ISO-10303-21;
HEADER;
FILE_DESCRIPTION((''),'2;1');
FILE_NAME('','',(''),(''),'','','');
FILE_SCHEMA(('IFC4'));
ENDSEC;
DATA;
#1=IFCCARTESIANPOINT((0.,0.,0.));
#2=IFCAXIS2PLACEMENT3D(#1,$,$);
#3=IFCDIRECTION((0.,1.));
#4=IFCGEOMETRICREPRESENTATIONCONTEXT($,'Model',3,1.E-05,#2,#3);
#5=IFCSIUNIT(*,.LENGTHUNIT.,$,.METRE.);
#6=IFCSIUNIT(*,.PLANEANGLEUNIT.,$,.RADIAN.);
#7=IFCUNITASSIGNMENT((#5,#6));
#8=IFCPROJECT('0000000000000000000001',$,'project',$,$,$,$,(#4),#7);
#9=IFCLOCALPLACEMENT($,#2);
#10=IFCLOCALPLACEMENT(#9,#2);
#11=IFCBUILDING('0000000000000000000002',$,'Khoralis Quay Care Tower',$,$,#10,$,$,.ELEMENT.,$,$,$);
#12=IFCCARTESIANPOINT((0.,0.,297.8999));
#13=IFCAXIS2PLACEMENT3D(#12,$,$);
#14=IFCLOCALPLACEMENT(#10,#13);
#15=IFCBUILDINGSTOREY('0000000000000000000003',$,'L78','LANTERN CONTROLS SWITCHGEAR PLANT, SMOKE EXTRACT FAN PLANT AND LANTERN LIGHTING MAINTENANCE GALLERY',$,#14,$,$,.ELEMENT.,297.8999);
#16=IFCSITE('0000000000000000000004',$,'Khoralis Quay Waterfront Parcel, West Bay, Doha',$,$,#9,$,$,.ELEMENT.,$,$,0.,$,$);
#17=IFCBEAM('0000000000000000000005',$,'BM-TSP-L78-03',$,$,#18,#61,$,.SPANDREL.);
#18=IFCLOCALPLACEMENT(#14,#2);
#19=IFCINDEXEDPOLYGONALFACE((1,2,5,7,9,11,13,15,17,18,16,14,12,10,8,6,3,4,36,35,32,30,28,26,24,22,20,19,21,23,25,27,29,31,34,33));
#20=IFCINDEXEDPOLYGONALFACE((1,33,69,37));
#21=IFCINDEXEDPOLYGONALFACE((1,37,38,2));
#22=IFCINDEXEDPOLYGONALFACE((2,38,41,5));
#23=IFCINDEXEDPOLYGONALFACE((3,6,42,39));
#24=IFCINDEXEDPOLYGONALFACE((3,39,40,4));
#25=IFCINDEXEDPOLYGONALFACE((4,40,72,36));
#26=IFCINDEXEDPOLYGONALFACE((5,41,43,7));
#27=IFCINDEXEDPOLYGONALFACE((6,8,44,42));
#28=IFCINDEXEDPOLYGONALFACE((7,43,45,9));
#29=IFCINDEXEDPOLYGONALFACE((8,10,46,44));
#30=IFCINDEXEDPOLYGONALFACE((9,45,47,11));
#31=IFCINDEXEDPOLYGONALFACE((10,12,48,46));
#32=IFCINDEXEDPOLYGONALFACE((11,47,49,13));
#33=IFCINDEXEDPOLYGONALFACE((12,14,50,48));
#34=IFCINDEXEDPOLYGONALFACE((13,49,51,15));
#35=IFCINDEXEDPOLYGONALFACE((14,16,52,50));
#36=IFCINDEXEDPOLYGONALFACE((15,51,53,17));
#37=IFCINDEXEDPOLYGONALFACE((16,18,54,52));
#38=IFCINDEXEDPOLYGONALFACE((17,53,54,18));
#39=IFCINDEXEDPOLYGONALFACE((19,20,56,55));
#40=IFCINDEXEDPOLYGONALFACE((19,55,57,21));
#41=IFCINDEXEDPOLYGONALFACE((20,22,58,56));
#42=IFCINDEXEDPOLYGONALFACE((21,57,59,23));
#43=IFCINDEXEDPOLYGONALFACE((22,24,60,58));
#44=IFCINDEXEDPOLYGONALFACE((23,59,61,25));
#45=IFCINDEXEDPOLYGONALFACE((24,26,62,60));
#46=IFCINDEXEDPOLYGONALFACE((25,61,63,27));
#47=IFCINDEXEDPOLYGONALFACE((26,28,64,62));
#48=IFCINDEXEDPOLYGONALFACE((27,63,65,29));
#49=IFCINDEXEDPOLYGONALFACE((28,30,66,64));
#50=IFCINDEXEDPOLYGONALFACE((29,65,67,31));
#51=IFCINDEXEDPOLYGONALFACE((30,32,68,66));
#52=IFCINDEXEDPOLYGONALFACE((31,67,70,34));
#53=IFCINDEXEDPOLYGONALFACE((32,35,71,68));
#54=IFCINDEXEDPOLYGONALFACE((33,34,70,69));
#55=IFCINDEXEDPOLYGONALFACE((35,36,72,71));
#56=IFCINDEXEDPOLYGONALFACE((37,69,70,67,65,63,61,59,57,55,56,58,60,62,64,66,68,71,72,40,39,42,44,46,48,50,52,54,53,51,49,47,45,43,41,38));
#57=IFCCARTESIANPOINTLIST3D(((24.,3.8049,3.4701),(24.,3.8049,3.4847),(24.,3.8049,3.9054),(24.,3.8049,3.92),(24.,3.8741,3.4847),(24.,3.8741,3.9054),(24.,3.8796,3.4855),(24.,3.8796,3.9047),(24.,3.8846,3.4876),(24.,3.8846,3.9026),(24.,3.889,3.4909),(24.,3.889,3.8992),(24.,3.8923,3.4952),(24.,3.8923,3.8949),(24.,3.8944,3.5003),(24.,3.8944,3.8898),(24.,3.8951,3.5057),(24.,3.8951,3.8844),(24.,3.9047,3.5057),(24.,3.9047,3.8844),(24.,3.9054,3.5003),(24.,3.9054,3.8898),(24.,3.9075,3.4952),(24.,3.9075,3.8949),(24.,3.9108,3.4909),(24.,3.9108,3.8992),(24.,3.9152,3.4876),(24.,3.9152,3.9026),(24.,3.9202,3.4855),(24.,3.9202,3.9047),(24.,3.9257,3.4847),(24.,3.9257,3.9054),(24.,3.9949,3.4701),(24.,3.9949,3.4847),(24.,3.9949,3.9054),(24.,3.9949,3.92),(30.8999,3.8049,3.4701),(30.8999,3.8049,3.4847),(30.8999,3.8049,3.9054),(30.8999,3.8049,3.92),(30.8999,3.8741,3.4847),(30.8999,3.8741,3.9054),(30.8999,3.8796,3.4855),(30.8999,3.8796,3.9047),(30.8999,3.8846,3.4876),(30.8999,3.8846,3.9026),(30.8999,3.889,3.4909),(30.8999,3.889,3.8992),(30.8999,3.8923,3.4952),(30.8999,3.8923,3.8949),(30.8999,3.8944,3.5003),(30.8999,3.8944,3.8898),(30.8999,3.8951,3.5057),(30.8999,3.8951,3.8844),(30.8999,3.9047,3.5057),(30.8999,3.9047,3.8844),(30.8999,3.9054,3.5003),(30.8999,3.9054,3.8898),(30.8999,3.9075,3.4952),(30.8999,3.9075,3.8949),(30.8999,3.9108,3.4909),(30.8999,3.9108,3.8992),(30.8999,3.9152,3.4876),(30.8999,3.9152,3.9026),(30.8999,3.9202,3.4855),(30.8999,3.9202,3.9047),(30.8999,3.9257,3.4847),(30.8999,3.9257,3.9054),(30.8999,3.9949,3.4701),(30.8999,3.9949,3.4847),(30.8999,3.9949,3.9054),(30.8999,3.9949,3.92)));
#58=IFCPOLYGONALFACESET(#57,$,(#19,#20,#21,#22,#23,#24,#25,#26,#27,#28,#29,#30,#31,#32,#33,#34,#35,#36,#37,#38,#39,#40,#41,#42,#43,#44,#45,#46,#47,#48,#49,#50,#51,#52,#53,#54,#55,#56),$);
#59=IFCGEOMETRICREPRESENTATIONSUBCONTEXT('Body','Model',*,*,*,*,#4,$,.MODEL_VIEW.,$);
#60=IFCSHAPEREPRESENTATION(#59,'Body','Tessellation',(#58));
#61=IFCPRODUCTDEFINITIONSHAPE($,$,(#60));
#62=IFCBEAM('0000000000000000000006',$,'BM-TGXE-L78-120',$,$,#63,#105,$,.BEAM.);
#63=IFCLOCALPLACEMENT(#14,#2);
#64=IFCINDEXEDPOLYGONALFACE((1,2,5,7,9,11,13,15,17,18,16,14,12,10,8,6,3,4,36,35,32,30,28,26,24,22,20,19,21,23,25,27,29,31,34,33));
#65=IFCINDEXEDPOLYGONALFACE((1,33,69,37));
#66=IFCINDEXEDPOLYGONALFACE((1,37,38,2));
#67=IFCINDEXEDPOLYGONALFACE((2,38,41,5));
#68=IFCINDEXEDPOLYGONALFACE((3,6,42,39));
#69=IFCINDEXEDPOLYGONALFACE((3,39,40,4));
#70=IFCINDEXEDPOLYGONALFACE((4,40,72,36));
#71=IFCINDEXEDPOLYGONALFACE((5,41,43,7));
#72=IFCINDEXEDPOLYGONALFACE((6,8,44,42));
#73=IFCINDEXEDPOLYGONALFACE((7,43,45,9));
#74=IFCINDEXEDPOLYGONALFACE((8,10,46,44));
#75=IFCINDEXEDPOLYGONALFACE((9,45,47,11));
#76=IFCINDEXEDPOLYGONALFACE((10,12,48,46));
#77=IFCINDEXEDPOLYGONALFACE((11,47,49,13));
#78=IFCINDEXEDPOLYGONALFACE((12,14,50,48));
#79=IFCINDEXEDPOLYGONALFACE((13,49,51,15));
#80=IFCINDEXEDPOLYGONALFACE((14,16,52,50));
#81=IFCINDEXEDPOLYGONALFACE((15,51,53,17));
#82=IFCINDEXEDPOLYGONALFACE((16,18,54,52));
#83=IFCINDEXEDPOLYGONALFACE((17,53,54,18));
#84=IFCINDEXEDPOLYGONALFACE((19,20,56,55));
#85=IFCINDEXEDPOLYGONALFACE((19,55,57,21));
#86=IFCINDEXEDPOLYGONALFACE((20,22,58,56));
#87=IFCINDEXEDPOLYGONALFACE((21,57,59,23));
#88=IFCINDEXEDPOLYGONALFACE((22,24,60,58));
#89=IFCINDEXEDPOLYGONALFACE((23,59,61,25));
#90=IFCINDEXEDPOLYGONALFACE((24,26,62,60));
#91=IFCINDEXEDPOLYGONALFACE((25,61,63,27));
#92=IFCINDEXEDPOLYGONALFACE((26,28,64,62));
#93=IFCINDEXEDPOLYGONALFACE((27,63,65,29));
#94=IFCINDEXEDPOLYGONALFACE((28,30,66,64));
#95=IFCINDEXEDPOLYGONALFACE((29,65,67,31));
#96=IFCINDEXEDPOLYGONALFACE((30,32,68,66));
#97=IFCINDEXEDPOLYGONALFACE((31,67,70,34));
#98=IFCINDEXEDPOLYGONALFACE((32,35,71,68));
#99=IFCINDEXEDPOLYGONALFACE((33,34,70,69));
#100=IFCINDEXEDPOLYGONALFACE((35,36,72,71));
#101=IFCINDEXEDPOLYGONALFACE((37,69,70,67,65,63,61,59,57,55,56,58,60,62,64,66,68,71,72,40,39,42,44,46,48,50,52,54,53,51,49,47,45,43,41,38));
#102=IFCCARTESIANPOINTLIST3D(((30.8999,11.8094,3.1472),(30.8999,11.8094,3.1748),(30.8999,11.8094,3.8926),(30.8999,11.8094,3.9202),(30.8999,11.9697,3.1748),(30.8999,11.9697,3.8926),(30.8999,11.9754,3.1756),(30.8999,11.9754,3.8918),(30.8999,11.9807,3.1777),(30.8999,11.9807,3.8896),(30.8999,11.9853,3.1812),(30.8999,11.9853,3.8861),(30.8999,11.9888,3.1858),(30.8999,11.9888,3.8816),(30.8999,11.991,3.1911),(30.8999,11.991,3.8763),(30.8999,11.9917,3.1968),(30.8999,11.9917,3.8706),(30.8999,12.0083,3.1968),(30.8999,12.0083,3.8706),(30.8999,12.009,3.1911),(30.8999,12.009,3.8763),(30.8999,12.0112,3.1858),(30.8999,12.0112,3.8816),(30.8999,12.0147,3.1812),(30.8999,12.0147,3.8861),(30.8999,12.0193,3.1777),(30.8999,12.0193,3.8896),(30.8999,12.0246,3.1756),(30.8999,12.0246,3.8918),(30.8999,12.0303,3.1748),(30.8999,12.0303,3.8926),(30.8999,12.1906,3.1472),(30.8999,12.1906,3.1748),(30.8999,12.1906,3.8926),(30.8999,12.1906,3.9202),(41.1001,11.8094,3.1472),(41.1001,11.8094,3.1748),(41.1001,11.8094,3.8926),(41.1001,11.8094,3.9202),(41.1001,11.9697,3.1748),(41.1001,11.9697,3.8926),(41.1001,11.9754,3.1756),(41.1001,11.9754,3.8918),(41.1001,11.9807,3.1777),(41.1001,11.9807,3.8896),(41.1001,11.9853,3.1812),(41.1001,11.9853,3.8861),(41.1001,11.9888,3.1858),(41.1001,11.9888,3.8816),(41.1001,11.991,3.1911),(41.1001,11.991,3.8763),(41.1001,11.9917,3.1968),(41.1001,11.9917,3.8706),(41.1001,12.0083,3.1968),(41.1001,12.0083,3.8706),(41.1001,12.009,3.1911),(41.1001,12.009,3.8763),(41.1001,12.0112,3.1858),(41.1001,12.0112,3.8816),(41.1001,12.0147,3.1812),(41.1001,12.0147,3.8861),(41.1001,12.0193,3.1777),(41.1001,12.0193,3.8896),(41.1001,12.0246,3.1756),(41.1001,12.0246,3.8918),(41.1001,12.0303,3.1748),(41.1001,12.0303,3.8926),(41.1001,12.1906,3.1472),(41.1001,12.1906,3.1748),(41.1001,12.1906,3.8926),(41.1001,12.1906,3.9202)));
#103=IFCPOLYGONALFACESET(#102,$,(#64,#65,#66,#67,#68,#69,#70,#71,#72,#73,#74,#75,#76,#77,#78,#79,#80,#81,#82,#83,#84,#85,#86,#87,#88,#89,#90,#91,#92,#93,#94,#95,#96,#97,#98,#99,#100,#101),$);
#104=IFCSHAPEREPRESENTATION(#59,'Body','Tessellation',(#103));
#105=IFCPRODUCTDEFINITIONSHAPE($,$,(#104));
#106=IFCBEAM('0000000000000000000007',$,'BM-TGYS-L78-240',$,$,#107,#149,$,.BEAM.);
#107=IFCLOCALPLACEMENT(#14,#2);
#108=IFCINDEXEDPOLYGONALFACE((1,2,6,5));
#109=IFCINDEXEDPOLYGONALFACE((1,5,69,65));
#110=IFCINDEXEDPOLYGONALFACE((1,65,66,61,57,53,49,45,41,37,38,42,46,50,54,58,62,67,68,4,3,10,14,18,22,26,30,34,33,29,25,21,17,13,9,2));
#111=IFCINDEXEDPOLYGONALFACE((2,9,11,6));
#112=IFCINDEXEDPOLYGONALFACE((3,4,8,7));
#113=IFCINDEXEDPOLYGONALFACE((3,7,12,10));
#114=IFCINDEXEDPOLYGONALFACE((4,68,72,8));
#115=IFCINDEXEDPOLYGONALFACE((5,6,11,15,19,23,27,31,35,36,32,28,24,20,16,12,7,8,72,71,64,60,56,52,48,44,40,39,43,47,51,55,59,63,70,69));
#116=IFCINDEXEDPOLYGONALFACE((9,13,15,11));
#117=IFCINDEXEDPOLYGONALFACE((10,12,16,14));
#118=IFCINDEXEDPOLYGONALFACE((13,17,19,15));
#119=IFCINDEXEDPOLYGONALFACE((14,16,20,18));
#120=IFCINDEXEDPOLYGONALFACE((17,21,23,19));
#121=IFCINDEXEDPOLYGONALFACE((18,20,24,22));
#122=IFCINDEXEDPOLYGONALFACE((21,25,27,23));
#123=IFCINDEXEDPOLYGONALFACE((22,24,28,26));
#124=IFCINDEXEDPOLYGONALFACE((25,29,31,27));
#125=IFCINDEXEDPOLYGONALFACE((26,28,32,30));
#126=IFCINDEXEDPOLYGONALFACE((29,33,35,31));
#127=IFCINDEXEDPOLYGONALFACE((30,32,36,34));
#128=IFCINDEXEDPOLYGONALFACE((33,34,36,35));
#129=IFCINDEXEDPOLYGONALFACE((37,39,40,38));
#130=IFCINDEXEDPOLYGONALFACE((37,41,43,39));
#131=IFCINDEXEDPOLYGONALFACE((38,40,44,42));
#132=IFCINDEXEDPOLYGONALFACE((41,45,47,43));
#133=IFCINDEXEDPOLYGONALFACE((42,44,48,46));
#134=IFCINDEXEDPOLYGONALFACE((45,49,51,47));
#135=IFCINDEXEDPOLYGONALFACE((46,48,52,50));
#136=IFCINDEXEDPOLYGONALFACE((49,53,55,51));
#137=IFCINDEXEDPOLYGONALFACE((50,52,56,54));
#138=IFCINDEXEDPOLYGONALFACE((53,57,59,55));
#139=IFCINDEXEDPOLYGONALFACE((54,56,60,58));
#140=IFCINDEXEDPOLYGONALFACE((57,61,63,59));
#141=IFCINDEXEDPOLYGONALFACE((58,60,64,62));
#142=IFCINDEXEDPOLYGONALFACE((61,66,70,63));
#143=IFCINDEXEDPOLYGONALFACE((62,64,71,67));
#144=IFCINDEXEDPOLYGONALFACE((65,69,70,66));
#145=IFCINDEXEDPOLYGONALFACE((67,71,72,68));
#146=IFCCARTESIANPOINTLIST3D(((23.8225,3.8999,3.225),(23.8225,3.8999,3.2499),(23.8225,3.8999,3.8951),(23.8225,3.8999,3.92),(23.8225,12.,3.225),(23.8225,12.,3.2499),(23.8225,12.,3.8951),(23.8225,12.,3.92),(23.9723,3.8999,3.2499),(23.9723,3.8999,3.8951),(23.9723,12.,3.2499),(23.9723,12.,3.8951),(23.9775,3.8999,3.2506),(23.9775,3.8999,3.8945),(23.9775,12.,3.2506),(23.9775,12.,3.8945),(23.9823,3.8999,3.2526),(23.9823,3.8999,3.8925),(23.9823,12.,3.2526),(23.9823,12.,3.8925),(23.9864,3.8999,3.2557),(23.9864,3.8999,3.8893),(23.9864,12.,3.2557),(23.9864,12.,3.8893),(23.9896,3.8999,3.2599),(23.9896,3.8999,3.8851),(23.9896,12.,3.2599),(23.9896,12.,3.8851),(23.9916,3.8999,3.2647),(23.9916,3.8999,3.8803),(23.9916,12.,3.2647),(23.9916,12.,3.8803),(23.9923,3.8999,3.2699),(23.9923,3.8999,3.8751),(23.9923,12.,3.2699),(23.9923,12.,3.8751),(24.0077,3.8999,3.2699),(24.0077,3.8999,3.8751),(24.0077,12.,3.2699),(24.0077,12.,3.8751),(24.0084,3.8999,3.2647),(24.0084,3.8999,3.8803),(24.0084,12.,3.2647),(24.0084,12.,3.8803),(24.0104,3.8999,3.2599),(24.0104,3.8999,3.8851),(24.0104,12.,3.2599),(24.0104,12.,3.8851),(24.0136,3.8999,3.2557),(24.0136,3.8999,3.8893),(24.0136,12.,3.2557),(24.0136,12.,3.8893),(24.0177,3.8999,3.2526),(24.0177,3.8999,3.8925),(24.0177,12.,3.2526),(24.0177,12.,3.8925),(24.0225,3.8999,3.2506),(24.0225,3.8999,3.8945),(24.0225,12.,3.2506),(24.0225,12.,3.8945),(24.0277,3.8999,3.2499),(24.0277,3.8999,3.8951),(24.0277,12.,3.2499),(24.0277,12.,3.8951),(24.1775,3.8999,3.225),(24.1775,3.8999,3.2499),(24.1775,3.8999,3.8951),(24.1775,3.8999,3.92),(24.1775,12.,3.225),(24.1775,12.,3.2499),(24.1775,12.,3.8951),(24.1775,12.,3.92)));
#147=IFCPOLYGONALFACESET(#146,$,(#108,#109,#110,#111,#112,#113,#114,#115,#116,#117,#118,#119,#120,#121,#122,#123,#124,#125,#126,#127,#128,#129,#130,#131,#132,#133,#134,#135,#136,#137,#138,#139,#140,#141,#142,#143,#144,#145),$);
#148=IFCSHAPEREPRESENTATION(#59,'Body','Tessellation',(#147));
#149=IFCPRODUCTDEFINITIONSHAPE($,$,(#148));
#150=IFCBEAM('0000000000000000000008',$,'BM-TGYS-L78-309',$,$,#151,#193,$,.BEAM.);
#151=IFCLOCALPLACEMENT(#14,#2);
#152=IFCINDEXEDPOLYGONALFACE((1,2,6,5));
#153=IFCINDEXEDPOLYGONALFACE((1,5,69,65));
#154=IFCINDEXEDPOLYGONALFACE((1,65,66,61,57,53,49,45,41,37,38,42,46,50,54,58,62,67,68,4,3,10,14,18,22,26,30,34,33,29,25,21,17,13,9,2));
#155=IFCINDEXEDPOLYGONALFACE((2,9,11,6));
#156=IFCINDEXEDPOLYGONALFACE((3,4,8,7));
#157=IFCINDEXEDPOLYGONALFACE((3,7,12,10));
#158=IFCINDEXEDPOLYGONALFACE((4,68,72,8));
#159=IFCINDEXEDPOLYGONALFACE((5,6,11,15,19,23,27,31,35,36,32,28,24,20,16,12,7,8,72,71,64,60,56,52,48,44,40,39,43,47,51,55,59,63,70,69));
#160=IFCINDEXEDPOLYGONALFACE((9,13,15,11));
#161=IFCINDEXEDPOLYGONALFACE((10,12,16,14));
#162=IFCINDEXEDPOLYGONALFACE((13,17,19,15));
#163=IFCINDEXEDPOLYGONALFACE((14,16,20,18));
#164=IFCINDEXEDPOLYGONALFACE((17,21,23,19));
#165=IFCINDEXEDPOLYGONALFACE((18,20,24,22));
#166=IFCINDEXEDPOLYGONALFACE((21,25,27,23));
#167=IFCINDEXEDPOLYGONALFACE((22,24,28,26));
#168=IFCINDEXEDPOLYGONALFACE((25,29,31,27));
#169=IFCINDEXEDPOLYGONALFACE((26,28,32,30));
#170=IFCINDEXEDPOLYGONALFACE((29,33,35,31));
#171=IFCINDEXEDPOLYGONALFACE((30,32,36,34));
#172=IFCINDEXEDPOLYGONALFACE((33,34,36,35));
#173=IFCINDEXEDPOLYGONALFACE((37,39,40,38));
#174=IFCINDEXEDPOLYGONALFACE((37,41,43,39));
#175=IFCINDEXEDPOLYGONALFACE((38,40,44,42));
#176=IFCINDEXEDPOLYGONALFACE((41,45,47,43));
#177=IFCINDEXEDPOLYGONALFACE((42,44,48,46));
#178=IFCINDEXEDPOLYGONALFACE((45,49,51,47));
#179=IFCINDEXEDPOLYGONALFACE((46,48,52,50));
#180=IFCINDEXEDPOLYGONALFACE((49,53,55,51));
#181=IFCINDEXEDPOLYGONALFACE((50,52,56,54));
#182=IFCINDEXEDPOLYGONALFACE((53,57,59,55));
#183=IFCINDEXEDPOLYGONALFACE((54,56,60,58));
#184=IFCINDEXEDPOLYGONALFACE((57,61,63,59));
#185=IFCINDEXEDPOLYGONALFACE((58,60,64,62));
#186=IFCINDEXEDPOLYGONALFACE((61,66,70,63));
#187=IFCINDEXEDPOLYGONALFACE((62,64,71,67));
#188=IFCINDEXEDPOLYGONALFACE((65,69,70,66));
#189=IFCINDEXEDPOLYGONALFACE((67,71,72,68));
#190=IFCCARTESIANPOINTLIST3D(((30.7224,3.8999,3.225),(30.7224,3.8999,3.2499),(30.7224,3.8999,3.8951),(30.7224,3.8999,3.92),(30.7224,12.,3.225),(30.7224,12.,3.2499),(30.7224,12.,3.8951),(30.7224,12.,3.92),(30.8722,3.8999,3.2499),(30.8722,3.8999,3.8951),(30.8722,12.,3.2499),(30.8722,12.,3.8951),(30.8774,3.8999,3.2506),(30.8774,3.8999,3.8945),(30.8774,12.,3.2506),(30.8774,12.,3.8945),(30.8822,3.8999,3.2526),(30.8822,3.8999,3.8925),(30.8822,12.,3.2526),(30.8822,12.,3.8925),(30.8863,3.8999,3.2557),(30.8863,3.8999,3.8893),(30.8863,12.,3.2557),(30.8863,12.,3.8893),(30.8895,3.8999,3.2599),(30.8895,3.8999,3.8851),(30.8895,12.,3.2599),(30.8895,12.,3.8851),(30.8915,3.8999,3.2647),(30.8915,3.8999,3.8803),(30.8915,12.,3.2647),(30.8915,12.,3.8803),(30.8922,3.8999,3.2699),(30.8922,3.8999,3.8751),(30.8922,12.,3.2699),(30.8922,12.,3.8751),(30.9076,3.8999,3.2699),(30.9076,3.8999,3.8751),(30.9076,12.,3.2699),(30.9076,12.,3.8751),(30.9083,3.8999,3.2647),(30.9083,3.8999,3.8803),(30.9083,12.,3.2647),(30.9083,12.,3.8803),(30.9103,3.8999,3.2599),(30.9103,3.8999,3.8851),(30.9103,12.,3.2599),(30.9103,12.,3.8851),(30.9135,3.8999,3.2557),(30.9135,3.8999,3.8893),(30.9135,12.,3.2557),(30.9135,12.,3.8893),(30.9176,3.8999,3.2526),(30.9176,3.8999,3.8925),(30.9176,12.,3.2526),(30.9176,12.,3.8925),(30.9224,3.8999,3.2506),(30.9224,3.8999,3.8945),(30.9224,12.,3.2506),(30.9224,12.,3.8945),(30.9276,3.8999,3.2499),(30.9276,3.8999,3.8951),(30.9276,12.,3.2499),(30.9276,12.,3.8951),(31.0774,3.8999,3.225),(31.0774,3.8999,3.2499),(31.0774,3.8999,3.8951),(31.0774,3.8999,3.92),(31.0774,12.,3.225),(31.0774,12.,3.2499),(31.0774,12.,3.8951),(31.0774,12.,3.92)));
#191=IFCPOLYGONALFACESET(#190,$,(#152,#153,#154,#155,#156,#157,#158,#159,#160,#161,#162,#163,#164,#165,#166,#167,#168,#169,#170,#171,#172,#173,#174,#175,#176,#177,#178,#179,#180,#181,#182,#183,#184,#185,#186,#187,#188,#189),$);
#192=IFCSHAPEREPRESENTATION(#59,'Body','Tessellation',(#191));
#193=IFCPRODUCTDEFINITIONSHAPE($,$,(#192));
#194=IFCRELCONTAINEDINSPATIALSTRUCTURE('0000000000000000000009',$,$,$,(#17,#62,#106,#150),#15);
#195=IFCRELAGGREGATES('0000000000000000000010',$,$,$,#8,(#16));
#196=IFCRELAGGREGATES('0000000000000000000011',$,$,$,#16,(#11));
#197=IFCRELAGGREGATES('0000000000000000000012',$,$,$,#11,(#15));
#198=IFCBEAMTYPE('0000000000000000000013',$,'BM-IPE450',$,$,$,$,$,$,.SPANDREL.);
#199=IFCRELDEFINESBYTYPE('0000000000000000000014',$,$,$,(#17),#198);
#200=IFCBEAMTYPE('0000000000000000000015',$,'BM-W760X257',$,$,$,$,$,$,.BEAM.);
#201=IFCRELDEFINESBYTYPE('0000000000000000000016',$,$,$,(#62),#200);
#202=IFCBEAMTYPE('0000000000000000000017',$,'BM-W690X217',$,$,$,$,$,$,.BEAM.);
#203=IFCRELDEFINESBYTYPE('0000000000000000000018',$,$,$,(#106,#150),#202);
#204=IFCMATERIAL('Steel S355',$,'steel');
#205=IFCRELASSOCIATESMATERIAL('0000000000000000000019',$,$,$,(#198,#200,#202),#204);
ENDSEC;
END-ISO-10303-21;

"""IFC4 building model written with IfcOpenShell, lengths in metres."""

from ifc_helpers import new_model, si_unit, direction, frame, origin, origin_2d, place, context, subcontext, project, spatial, i_section, extrude, source, transform, mapped, material, material_profile, profile_set, type_object, element, save


model = new_model("IFC4")

# Units and contexts
model_context = context("Model", 3, precision=1e-05, world=origin(), true_north=direction((0.0, 1.0)))
body_context = subcontext(model_context, "Body", "Model", "MODEL_VIEW")
ifc_project = project(units=[si_unit("LENGTHUNIT", "METRE"), si_unit("PLANEANGLEUNIT", "RADIAN")], contexts=[model_context])

# Site, building, storey
site_placement = place(None, origin())
site = spatial("IfcSite", under=ifc_project, at=site_placement, Name="Khoralis Quay Waterfront Parcel, West Bay, Doha", CompositionType="ELEMENT", RefElevation=0.0)
building_placement = place(site_placement, origin())
building = spatial("IfcBuilding", under=site, at=building_placement, Name="Khoralis Quay Care Tower", CompositionType="ELEMENT")
storey_placement = place(building_placement, frame((0.0, 0.0, 297.8999)))
storey = spatial("IfcBuildingStorey", under=building, at=storey_placement, Name="L78", Description="LANTERN CONTROLS SWITCHGEAR PLANT, SMOKE EXTRACT FAN PLANT AND LANTERN LIGHTING MAINTENANCE GALLERY", CompositionType="ELEMENT", Elevation=297.8999)

# Shared definitions
ifc_material_1 = material(Name="Steel S355", Category="steel")

# Beams
ifc_material_profile_1 = material_profile(ifc_material_1, i_section(OverallWidth=0.1899, OverallDepth=0.45, WebThickness=0.0095, FlangeThickness=0.0146, FilletRadius=0.021, at=origin_2d()), Name="Steel S355")
ifc_profile_set_1 = profile_set([ifc_material_profile_1], Name="Steel S355")
beam_type_1 = type_object("IfcBeamType", Name="BM-IPE450", PredefinedType="SPANDREL", material=ifc_profile_set_1)
shared_shape_1 = source(origin(), body_context, "Body", "SweptSolid", [
    extrude(i_section(OverallWidth=0.1899, OverallDepth=0.45, WebThickness=0.0095, FlangeThickness=0.0146, FilletRadius=0.021, at=origin_2d()), origin(), (0.0, 0.0, 1.0), 6.8999),
])
beam_1_placement = place(storey_placement, frame((24.0, 3.8999, 3.6951), z_axis=(1.0, 0.0, 0.0), x_axis=(0.0, 1.0, 0.0)))
element("IfcBeam", 1, at=beam_1_placement, inside=storey, type_object=beam_type_1, Name="BM-TSP-L78-03", PredefinedType="SPANDREL", context=body_context, shape_type="MappedRepresentation", body=[
    mapped(shared_shape_1, transform((0.0, 0.0, 0.0), scale=1.0)),
])
ifc_material_profile_2 = material_profile(ifc_material_1, i_section(OverallWidth=0.3811, OverallDepth=0.7729, WebThickness=0.0166, FlangeThickness=0.0276, FilletRadius=0.022, at=origin_2d()), Name="Steel S355")
ifc_profile_set_2 = profile_set([ifc_material_profile_2], Name="Steel S355")
beam_type_2 = type_object("IfcBeamType", Name="BM-W760X257", PredefinedType="BEAM", material=ifc_profile_set_2)
shared_shape_2 = source(origin(), body_context, "Body", "SweptSolid", [
    extrude(i_section(OverallWidth=0.3811, OverallDepth=0.7729, WebThickness=0.0166, FlangeThickness=0.0276, FilletRadius=0.022, at=origin_2d()), origin(), (0.0, 0.0, 1.0), 10.2002),
])
beam_2_placement = place(storey_placement, frame((30.8999, 12.0, 3.5337), z_axis=(1.0, 0.0, 0.0), x_axis=(0.0, 1.0, 0.0)))
element("IfcBeam", 2, at=beam_2_placement, inside=storey, type_object=beam_type_2, Name="BM-TGXE-L78-120", PredefinedType="BEAM", context=body_context, shape_type="MappedRepresentation", body=[
    mapped(shared_shape_2, transform((0.0, 0.0, 0.0), scale=1.0)),
])
ifc_material_profile_3 = material_profile(ifc_material_1, i_section(OverallWidth=0.355, OverallDepth=0.6951, WebThickness=0.0154, FlangeThickness=0.0249, FilletRadius=0.02, at=origin_2d()), Name="Steel S355")
ifc_profile_set_3 = profile_set([ifc_material_profile_3], Name="Steel S355")
beam_type_3 = type_object("IfcBeamType", Name="BM-W690X217", PredefinedType="BEAM", material=ifc_profile_set_3)
shared_shape_3 = source(origin(), body_context, "Body", "SweptSolid", [
    extrude(i_section(OverallWidth=0.355, OverallDepth=0.6951, WebThickness=0.0154, FlangeThickness=0.0249, FilletRadius=0.02, at=origin_2d()), origin(), (0.0, 0.0, 1.0), 8.1001),
])
for number, where, z_axis, x_axis, name in (
    (3, (24.0, 3.8999, 3.5725), (0.0, 1.0, 0.0), (-1.0, 0.0, 0.0), "BM-TGYS-L78-240"),
    (4, (30.8999, 3.8999, 3.5725), (0.0, 1.0, 0.0), (-1.0, 0.0, 0.0), "BM-TGYS-L78-309"),
):
    element("IfcBeam", number, at=place(storey_placement, frame(where, z_axis=z_axis, x_axis=x_axis)), inside=storey, type_object=beam_type_3, Name=name, PredefinedType="BEAM", context=body_context, shape_type="MappedRepresentation", body=[
        mapped(shared_shape_3, transform((0.0, 0.0, 0.0), scale=1.0)),
    ])

save(model, "model.ifc")
